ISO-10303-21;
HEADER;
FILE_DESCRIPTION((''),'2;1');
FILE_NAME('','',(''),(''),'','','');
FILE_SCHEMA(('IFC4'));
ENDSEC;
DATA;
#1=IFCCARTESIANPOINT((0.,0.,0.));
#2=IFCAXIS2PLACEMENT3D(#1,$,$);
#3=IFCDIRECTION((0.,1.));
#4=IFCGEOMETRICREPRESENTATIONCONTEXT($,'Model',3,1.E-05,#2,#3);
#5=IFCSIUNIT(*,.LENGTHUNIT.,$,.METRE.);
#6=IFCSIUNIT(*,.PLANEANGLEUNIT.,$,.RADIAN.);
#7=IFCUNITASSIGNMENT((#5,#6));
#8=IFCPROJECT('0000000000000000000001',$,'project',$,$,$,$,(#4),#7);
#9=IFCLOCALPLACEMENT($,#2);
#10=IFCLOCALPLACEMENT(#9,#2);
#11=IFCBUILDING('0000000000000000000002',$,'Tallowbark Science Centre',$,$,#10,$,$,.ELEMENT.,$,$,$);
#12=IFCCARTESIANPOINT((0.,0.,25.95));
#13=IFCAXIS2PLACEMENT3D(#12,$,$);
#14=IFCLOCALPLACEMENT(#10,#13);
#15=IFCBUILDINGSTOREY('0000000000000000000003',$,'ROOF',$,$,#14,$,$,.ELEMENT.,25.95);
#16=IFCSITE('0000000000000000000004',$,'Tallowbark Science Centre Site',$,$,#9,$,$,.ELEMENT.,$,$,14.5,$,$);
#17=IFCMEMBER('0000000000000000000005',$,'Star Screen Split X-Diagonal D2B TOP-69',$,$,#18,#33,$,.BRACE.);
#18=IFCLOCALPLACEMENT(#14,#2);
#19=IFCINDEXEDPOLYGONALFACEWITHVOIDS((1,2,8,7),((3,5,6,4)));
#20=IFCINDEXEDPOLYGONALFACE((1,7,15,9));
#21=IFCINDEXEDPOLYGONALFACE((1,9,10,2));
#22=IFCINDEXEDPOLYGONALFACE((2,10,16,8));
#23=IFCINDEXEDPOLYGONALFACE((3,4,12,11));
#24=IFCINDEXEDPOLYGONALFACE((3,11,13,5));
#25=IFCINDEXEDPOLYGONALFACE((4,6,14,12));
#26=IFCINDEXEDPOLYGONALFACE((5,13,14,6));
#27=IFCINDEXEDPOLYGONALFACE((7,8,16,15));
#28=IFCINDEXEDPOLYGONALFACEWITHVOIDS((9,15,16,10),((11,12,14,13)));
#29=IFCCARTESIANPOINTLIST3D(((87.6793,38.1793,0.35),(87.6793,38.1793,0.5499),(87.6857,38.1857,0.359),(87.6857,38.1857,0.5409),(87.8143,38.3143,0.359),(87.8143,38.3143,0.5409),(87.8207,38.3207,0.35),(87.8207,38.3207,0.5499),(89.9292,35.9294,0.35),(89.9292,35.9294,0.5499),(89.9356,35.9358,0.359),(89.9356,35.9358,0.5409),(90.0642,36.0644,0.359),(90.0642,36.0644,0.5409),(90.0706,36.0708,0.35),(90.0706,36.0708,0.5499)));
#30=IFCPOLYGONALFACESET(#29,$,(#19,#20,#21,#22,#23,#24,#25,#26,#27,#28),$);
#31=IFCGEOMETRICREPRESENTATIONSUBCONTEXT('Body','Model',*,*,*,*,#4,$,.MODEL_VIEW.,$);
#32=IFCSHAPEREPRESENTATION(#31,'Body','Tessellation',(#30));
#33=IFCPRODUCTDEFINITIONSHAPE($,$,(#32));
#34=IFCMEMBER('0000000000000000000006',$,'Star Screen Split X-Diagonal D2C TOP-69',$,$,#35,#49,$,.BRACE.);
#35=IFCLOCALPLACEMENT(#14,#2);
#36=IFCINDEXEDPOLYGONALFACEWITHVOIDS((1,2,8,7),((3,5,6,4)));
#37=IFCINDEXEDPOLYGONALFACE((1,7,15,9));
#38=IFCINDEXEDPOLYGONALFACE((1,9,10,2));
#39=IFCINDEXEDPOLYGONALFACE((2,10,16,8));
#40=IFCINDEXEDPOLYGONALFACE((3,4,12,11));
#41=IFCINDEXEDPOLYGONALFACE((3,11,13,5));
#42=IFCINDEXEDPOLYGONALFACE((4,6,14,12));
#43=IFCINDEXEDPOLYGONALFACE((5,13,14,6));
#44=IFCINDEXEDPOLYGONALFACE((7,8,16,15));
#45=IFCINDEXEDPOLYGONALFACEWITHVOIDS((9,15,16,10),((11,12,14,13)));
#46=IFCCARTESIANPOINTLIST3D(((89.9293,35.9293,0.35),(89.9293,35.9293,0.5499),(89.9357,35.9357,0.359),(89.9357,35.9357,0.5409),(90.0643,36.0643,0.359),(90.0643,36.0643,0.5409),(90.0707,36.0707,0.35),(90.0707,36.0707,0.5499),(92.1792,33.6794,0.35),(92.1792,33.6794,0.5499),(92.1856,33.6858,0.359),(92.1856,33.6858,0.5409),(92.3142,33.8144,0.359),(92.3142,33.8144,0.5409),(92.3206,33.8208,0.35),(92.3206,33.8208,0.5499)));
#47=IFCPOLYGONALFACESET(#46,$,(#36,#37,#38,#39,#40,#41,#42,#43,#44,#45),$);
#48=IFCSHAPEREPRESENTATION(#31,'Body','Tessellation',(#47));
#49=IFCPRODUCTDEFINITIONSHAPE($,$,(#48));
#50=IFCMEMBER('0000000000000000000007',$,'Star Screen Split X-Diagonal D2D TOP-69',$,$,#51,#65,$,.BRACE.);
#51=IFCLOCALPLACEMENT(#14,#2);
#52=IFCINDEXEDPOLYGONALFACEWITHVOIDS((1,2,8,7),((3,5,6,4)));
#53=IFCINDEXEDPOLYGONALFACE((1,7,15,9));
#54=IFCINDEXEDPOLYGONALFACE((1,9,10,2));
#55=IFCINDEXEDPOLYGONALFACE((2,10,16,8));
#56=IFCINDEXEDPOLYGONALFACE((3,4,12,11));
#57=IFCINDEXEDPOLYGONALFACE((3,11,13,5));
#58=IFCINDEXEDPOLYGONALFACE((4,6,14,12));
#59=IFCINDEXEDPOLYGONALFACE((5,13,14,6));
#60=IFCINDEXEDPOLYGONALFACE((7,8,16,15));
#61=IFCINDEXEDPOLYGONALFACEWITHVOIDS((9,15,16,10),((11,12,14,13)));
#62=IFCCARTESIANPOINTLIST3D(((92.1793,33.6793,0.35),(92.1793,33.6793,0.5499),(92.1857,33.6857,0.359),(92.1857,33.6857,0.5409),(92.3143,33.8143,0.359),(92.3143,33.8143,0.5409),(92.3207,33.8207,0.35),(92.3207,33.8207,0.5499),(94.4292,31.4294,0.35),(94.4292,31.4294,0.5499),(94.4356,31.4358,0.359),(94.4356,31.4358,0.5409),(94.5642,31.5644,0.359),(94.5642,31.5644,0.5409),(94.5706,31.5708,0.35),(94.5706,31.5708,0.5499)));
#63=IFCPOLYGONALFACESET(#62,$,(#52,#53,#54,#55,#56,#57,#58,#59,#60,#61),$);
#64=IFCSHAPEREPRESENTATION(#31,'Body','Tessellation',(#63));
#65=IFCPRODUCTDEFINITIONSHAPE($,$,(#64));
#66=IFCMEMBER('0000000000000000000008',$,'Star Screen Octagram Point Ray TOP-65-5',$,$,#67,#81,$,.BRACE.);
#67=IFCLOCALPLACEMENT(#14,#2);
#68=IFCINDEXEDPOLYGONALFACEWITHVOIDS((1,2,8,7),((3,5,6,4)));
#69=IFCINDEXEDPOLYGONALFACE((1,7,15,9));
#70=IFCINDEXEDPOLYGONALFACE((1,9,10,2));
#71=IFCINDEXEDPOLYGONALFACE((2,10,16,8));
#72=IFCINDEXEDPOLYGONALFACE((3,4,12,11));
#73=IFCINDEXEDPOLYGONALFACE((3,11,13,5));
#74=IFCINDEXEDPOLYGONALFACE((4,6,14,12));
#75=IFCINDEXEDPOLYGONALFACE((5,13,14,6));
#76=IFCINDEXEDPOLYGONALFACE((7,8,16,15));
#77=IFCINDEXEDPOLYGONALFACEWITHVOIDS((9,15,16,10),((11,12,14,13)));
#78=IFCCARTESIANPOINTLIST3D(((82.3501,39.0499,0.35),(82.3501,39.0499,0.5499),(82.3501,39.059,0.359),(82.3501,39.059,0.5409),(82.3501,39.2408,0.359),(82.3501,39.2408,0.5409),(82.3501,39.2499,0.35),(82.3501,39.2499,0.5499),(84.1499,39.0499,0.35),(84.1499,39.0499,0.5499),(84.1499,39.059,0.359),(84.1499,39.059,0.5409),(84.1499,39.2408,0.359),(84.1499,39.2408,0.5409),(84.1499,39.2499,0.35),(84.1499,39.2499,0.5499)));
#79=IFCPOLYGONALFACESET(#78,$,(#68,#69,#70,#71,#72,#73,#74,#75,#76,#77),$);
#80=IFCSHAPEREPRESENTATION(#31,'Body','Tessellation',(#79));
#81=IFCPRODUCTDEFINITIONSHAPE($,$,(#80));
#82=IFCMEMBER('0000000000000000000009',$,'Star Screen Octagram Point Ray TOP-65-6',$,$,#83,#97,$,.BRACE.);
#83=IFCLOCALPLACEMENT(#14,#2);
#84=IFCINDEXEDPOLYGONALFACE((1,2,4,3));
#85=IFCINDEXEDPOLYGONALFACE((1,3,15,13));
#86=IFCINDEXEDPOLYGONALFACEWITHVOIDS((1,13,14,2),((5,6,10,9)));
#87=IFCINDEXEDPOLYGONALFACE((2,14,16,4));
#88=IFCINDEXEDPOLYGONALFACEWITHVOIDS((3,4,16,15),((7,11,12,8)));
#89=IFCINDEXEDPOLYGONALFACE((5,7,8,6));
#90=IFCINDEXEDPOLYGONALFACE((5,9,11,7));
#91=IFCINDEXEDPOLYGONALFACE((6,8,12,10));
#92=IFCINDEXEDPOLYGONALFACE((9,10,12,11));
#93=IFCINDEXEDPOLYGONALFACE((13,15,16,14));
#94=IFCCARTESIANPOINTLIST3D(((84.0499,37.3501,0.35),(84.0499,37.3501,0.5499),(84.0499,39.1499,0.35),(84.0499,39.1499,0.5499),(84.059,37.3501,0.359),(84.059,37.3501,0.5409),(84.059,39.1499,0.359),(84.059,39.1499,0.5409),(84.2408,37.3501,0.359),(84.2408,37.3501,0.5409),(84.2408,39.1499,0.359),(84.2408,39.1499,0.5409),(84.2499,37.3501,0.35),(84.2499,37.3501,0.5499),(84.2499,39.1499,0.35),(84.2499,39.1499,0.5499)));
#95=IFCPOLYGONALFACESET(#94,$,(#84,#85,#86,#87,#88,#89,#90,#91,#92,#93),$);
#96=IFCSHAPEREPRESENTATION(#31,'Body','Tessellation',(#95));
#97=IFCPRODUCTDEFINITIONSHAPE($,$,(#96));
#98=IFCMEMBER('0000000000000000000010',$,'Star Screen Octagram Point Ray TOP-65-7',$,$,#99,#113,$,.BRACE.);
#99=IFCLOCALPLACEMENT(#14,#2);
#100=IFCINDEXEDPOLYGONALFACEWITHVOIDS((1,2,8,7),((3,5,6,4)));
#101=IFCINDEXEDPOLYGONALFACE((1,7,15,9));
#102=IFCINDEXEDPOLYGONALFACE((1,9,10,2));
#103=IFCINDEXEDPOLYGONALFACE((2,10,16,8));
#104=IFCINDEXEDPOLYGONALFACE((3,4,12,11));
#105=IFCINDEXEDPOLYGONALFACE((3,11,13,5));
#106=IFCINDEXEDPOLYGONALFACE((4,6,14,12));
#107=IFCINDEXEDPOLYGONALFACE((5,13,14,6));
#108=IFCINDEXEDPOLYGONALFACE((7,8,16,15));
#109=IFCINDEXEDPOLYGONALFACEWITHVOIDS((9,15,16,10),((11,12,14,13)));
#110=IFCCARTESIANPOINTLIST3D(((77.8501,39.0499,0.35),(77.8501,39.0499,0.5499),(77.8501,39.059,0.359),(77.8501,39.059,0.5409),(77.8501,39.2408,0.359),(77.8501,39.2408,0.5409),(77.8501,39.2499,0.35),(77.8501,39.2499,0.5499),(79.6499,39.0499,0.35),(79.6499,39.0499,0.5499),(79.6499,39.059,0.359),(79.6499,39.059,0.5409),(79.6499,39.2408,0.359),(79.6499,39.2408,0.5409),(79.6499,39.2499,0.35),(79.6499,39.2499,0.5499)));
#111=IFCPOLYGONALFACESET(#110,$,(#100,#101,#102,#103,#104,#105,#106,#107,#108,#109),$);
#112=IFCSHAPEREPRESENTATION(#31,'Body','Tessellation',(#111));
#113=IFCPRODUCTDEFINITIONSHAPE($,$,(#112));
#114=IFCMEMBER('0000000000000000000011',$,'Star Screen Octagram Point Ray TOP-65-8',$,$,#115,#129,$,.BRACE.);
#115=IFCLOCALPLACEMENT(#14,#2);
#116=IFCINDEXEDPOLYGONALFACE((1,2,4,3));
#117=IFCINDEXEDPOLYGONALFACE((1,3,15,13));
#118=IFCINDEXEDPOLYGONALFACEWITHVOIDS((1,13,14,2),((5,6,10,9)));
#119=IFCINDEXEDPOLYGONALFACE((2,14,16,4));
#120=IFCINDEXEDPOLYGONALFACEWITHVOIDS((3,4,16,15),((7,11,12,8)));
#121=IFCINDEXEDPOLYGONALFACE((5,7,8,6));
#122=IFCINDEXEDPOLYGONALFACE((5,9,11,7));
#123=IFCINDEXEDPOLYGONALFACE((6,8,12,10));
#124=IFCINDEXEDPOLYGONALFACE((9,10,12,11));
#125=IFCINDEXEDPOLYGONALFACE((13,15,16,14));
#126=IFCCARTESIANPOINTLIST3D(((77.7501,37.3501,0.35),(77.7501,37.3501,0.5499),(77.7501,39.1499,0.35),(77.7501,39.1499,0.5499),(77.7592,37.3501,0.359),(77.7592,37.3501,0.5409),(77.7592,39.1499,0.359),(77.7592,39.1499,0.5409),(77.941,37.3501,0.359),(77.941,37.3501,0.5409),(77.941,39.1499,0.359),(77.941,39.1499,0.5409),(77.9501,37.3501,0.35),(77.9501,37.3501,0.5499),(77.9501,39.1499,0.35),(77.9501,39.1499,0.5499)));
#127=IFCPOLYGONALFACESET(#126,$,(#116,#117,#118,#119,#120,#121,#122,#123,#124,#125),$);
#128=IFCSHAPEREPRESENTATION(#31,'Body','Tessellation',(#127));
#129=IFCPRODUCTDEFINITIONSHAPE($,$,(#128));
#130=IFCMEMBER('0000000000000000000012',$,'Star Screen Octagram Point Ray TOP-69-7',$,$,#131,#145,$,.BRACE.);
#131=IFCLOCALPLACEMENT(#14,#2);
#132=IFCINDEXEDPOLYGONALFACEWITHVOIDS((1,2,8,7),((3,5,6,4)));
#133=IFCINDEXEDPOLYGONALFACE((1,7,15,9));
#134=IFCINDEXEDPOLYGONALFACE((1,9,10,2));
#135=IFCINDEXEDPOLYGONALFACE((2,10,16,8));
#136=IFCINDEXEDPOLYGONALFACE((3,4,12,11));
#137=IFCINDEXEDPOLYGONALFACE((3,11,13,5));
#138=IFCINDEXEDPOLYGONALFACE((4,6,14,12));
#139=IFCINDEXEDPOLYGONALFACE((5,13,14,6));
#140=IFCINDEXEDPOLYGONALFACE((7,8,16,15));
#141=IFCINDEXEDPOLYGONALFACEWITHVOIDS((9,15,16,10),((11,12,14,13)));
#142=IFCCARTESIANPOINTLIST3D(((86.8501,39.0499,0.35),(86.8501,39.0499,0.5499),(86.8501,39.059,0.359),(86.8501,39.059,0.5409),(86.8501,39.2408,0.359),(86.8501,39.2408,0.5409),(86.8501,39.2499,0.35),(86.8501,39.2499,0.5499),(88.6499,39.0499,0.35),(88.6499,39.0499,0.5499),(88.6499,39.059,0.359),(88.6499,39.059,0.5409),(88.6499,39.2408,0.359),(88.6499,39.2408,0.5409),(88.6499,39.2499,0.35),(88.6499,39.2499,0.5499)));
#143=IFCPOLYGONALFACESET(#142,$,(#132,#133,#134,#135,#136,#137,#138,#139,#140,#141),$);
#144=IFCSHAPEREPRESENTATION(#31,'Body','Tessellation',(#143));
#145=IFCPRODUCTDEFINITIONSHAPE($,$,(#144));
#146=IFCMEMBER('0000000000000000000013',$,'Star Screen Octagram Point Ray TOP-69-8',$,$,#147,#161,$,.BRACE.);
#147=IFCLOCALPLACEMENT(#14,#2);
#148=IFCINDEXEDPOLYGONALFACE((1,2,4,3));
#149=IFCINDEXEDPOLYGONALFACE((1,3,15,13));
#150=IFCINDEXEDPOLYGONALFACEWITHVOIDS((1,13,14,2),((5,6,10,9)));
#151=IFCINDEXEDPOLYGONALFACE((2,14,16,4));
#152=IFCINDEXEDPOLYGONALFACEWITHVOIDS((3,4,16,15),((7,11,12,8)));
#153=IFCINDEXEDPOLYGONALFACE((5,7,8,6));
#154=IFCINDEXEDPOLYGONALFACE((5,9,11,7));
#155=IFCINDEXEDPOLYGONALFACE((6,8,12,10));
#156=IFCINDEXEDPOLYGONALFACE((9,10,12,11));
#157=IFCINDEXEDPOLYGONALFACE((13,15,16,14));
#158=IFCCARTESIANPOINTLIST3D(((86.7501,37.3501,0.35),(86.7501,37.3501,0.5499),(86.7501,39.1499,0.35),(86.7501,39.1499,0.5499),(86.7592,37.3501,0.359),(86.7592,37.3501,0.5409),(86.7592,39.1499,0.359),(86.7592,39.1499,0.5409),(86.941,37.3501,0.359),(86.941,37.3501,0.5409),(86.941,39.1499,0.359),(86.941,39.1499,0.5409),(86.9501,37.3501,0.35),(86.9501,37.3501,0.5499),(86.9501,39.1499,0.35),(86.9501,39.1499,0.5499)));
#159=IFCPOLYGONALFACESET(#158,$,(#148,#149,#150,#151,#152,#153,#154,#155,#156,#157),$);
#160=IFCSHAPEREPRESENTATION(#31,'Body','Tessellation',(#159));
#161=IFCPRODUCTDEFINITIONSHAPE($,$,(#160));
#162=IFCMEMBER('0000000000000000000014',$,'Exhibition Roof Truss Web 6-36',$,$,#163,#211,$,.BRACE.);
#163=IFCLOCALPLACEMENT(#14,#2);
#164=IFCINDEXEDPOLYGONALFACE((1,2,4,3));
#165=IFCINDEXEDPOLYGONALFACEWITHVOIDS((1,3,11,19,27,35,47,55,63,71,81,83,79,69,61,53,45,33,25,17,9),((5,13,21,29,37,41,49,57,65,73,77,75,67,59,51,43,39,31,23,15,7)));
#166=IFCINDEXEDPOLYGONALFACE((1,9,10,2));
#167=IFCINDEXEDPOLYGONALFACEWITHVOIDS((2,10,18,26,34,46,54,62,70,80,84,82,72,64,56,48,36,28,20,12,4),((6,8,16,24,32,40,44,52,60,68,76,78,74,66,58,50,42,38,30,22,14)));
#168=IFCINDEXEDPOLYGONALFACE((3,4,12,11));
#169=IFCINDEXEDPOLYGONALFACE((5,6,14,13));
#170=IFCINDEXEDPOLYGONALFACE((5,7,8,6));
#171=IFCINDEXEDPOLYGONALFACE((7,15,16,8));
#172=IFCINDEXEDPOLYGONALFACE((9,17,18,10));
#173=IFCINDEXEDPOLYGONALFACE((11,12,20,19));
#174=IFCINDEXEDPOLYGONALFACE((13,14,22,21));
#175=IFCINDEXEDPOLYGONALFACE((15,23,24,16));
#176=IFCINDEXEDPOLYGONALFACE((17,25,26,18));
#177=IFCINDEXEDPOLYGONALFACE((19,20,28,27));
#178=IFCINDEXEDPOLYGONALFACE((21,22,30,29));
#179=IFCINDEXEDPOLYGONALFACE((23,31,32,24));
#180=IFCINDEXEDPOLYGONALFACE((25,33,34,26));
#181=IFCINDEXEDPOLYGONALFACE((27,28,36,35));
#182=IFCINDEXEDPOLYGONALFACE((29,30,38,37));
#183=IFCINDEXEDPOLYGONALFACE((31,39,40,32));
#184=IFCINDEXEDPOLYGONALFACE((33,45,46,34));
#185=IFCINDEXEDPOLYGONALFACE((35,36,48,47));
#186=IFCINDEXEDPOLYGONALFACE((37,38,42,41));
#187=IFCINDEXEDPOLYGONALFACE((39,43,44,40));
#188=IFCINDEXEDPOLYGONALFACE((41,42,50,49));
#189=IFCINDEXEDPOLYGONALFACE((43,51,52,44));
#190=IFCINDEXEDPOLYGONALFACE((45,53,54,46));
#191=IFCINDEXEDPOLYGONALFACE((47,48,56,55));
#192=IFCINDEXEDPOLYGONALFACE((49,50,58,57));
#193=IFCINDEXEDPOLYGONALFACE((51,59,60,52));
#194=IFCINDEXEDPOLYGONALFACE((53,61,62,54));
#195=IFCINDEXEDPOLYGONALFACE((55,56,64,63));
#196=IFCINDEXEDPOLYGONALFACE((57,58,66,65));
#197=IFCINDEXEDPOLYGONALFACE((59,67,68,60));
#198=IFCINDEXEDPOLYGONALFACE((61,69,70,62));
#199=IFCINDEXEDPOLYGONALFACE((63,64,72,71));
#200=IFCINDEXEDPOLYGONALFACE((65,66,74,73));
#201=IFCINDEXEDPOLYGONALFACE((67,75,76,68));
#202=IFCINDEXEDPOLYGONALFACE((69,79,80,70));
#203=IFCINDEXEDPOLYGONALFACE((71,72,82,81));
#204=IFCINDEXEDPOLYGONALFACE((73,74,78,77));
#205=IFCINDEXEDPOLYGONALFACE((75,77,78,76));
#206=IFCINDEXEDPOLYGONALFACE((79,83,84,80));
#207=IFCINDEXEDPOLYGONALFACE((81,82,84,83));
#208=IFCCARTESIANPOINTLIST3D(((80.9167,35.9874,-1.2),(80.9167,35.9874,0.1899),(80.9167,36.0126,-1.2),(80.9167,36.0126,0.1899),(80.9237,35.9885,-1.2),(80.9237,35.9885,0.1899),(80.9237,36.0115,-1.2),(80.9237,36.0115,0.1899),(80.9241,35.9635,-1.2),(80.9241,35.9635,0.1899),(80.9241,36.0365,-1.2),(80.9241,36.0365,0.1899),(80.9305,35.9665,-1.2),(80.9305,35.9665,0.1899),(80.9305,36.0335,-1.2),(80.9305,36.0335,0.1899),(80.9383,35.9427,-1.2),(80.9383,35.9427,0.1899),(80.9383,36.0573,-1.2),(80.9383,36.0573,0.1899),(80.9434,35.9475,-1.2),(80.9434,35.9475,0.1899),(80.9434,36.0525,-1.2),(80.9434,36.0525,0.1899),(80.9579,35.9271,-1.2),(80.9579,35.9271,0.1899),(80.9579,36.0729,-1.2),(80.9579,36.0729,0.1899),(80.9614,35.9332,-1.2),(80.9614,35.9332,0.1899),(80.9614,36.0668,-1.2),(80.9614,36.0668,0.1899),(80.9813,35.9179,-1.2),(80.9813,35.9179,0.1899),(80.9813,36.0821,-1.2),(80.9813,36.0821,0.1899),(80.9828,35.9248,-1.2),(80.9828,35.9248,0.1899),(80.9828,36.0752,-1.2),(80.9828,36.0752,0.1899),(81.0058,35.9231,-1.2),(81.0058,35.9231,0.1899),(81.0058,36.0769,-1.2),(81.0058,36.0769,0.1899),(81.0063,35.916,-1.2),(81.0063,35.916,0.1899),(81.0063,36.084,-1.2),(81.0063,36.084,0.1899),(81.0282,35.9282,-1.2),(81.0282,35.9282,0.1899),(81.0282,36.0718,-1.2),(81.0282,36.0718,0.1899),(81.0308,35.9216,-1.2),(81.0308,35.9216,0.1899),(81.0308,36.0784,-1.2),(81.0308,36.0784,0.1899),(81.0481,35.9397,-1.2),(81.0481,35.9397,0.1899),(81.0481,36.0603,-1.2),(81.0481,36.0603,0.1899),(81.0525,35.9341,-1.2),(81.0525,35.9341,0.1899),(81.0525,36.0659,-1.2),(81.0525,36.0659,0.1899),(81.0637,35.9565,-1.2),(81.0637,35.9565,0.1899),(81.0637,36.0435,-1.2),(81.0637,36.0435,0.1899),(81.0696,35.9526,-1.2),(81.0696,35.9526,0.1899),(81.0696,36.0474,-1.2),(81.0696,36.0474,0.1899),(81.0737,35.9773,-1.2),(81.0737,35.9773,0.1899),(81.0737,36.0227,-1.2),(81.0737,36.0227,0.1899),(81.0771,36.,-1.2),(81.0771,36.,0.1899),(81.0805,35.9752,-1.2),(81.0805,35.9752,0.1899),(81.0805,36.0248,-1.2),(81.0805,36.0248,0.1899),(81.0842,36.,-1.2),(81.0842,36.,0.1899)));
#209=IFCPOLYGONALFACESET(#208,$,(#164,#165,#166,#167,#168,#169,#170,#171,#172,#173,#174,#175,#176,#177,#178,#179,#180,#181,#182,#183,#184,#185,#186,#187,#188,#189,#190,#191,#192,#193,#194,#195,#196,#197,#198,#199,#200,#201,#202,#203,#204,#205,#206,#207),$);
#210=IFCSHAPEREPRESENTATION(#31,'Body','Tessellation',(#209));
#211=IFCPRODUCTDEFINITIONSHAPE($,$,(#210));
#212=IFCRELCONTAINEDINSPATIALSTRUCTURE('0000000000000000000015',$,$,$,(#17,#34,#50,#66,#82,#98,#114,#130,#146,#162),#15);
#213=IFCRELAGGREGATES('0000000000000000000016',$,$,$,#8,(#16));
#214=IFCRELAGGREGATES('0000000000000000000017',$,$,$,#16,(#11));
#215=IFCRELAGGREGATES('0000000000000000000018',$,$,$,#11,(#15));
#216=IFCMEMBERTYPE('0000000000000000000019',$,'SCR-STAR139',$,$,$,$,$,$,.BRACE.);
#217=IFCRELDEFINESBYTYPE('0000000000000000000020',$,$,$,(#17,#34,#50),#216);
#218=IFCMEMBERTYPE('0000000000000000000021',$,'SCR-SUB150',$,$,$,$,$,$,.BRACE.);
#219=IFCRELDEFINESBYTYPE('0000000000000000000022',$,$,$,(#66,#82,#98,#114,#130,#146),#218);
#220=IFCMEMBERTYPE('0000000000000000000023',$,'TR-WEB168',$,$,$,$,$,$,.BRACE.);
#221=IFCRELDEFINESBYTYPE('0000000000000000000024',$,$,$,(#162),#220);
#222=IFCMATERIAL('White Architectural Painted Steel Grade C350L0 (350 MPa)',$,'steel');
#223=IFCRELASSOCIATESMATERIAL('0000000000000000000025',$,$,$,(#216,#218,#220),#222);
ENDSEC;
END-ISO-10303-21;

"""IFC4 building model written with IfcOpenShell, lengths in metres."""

from ifc_helpers import new_model, si_unit, direction, frame, origin, origin_2d, place, context, subcontext, project, spatial, hollow_rectangle, hollow_circle, extrude, material, material_profile, profile_set, type_object, element, save


model = new_model("IFC4")

# Units and contexts
model_context = context("Model", 3, precision=1e-05, world=origin(), true_north=direction((0.0, 1.0)))
body_context = subcontext(model_context, "Body", "Model", "MODEL_VIEW")
ifc_project = project(units=[si_unit("LENGTHUNIT", "METRE"), si_unit("PLANEANGLEUNIT", "RADIAN")], contexts=[model_context])

# Site, building, storey
site_placement = place(None, origin())
site = spatial("IfcSite", under=ifc_project, at=site_placement, Name="Tallowbark Science Centre Site", CompositionType="ELEMENT", RefElevation=14.5)
building_placement = place(site_placement, origin())
building = spatial("IfcBuilding", under=site, at=building_placement, Name="Tallowbark Science Centre", CompositionType="ELEMENT")
storey_placement = place(building_placement, frame((0.0, 0.0, 25.95)))
storey = spatial("IfcBuildingStorey", under=building, at=storey_placement, Name="ROOF", CompositionType="ELEMENT", Elevation=25.95)

# Members
ifc_material_1 = material(Name="White Architectural Painted Steel Grade C350L0 (350 MPa)", Category="steel")
ifc_material_profile_1 = material_profile(ifc_material_1, hollow_rectangle(XDim=0.2, YDim=0.2, WallThickness=0.009, at=origin_2d()), Name="200x200x9.0SHS")
ifc_profile_set_1 = profile_set([ifc_material_profile_1], Name="White Architectural Painted Steel Grade C350L0 (350 MPa)")
member_type_1 = type_object("IfcMemberType", Name="SCR-STAR139", PredefinedType="BRACE", material=ifc_profile_set_1)
for number, where, z_axis, x_axis, name in (
    (1, (87.75, 38.25, 0.45), (0.707107, -0.707107, 0.0), (0.707107, 0.707107, 0.0), "Star Screen Split X-Diagonal D2B TOP-69"),
    (2, (90.0, 36.0, 0.45), (0.707107, -0.707107, 0.0), (0.707107, 0.707107, 0.0), "Star Screen Split X-Diagonal D2C TOP-69"),
    (3, (92.25, 33.75, 0.45), (0.707107, -0.707107, 0.0), (0.707107, 0.707107, 0.0), "Star Screen Split X-Diagonal D2D TOP-69"),
):
    element("IfcMember", number, at=place(storey_placement, frame(where, z_axis=z_axis, x_axis=x_axis)), inside=storey, type_object=member_type_1, Name=name, PredefinedType="BRACE", context=body_context, shape_type="SweptSolid", body=[
        extrude(hollow_rectangle(XDim=0.2, YDim=0.2, WallThickness=0.009, at=origin_2d()), origin(), (0.0, 0.0, 1.0), 3.1819),
    ])
ifc_material_profile_2 = material_profile(ifc_material_1, hollow_rectangle(XDim=0.2, YDim=0.2, WallThickness=0.009, at=origin_2d()), Name="200x200x9.0SHS")
ifc_profile_set_2 = profile_set([ifc_material_profile_2], Name="White Architectural Painted Steel Grade C350L0 (350 MPa)")
member_type_2 = type_object("IfcMemberType", Name="SCR-SUB150", PredefinedType="BRACE", material=ifc_profile_set_2)
for number, where, z_axis, x_axis, name in (
    (4, (84.1499, 39.1499, 0.45), (-1.0, 0.0, 0.0), (0.0, -1.0, 0.0), "Star Screen Octagram Point Ray TOP-65-5"),
    (5, (84.1499, 39.1499, 0.45), (0.0, -1.0, 0.0), (1.0, 0.0, 0.0), "Star Screen Octagram Point Ray TOP-65-6"),
    (6, (77.8501, 39.1499, 0.45), (1.0, 0.0, 0.0), (0.0, 1.0, 0.0), "Star Screen Octagram Point Ray TOP-65-7"),
    (7, (77.8501, 39.1499, 0.45), (0.0, -1.0, 0.0), (1.0, 0.0, 0.0), "Star Screen Octagram Point Ray TOP-65-8"),
    (8, (86.8501, 39.1499, 0.45), (1.0, 0.0, 0.0), (0.0, 1.0, 0.0), "Star Screen Octagram Point Ray TOP-69-7"),
    (9, (86.8501, 39.1499, 0.45), (0.0, -1.0, 0.0), (1.0, 0.0, 0.0), "Star Screen Octagram Point Ray TOP-69-8"),
):
    element("IfcMember", number, at=place(storey_placement, frame(where, z_axis=z_axis, x_axis=x_axis)), inside=storey, type_object=member_type_2, Name=name, PredefinedType="BRACE", context=body_context, shape_type="SweptSolid", body=[
        extrude(hollow_rectangle(XDim=0.2, YDim=0.2, WallThickness=0.009, at=origin_2d()), origin(), (0.0, 0.0, 1.0), 1.7998),
    ])
ifc_material_profile_3 = material_profile(ifc_material_1, hollow_circle(Radius=0.0842, WallThickness=0.0071, at=origin_2d()), Name="168.3x7.1CHS")
ifc_profile_set_3 = profile_set([ifc_material_profile_3], Name="White Architectural Painted Steel Grade C350L0 (350 MPa)")
member_type_3 = type_object("IfcMemberType", Name="TR-WEB168", PredefinedType="BRACE", material=ifc_profile_set_3)
for number, where, z_axis, x_axis, name in (
    (10, (81.0, 36.0, -1.2), (0.0, 0.0, 1.0), (1.0, 0.0, 0.0), "Exhibition Roof Truss Web 6-36"),
):
    element("IfcMember", number, at=place(storey_placement, frame(where, z_axis=z_axis, x_axis=x_axis)), inside=storey, type_object=member_type_3, Name=name, PredefinedType="BRACE", context=body_context, shape_type="SweptSolid", body=[
        extrude(hollow_circle(Radius=0.0842, WallThickness=0.0071, at=origin_2d()), origin(), (0.0, 0.0, 1.0), 1.3899),
    ])

save(model, "model.ifc")
